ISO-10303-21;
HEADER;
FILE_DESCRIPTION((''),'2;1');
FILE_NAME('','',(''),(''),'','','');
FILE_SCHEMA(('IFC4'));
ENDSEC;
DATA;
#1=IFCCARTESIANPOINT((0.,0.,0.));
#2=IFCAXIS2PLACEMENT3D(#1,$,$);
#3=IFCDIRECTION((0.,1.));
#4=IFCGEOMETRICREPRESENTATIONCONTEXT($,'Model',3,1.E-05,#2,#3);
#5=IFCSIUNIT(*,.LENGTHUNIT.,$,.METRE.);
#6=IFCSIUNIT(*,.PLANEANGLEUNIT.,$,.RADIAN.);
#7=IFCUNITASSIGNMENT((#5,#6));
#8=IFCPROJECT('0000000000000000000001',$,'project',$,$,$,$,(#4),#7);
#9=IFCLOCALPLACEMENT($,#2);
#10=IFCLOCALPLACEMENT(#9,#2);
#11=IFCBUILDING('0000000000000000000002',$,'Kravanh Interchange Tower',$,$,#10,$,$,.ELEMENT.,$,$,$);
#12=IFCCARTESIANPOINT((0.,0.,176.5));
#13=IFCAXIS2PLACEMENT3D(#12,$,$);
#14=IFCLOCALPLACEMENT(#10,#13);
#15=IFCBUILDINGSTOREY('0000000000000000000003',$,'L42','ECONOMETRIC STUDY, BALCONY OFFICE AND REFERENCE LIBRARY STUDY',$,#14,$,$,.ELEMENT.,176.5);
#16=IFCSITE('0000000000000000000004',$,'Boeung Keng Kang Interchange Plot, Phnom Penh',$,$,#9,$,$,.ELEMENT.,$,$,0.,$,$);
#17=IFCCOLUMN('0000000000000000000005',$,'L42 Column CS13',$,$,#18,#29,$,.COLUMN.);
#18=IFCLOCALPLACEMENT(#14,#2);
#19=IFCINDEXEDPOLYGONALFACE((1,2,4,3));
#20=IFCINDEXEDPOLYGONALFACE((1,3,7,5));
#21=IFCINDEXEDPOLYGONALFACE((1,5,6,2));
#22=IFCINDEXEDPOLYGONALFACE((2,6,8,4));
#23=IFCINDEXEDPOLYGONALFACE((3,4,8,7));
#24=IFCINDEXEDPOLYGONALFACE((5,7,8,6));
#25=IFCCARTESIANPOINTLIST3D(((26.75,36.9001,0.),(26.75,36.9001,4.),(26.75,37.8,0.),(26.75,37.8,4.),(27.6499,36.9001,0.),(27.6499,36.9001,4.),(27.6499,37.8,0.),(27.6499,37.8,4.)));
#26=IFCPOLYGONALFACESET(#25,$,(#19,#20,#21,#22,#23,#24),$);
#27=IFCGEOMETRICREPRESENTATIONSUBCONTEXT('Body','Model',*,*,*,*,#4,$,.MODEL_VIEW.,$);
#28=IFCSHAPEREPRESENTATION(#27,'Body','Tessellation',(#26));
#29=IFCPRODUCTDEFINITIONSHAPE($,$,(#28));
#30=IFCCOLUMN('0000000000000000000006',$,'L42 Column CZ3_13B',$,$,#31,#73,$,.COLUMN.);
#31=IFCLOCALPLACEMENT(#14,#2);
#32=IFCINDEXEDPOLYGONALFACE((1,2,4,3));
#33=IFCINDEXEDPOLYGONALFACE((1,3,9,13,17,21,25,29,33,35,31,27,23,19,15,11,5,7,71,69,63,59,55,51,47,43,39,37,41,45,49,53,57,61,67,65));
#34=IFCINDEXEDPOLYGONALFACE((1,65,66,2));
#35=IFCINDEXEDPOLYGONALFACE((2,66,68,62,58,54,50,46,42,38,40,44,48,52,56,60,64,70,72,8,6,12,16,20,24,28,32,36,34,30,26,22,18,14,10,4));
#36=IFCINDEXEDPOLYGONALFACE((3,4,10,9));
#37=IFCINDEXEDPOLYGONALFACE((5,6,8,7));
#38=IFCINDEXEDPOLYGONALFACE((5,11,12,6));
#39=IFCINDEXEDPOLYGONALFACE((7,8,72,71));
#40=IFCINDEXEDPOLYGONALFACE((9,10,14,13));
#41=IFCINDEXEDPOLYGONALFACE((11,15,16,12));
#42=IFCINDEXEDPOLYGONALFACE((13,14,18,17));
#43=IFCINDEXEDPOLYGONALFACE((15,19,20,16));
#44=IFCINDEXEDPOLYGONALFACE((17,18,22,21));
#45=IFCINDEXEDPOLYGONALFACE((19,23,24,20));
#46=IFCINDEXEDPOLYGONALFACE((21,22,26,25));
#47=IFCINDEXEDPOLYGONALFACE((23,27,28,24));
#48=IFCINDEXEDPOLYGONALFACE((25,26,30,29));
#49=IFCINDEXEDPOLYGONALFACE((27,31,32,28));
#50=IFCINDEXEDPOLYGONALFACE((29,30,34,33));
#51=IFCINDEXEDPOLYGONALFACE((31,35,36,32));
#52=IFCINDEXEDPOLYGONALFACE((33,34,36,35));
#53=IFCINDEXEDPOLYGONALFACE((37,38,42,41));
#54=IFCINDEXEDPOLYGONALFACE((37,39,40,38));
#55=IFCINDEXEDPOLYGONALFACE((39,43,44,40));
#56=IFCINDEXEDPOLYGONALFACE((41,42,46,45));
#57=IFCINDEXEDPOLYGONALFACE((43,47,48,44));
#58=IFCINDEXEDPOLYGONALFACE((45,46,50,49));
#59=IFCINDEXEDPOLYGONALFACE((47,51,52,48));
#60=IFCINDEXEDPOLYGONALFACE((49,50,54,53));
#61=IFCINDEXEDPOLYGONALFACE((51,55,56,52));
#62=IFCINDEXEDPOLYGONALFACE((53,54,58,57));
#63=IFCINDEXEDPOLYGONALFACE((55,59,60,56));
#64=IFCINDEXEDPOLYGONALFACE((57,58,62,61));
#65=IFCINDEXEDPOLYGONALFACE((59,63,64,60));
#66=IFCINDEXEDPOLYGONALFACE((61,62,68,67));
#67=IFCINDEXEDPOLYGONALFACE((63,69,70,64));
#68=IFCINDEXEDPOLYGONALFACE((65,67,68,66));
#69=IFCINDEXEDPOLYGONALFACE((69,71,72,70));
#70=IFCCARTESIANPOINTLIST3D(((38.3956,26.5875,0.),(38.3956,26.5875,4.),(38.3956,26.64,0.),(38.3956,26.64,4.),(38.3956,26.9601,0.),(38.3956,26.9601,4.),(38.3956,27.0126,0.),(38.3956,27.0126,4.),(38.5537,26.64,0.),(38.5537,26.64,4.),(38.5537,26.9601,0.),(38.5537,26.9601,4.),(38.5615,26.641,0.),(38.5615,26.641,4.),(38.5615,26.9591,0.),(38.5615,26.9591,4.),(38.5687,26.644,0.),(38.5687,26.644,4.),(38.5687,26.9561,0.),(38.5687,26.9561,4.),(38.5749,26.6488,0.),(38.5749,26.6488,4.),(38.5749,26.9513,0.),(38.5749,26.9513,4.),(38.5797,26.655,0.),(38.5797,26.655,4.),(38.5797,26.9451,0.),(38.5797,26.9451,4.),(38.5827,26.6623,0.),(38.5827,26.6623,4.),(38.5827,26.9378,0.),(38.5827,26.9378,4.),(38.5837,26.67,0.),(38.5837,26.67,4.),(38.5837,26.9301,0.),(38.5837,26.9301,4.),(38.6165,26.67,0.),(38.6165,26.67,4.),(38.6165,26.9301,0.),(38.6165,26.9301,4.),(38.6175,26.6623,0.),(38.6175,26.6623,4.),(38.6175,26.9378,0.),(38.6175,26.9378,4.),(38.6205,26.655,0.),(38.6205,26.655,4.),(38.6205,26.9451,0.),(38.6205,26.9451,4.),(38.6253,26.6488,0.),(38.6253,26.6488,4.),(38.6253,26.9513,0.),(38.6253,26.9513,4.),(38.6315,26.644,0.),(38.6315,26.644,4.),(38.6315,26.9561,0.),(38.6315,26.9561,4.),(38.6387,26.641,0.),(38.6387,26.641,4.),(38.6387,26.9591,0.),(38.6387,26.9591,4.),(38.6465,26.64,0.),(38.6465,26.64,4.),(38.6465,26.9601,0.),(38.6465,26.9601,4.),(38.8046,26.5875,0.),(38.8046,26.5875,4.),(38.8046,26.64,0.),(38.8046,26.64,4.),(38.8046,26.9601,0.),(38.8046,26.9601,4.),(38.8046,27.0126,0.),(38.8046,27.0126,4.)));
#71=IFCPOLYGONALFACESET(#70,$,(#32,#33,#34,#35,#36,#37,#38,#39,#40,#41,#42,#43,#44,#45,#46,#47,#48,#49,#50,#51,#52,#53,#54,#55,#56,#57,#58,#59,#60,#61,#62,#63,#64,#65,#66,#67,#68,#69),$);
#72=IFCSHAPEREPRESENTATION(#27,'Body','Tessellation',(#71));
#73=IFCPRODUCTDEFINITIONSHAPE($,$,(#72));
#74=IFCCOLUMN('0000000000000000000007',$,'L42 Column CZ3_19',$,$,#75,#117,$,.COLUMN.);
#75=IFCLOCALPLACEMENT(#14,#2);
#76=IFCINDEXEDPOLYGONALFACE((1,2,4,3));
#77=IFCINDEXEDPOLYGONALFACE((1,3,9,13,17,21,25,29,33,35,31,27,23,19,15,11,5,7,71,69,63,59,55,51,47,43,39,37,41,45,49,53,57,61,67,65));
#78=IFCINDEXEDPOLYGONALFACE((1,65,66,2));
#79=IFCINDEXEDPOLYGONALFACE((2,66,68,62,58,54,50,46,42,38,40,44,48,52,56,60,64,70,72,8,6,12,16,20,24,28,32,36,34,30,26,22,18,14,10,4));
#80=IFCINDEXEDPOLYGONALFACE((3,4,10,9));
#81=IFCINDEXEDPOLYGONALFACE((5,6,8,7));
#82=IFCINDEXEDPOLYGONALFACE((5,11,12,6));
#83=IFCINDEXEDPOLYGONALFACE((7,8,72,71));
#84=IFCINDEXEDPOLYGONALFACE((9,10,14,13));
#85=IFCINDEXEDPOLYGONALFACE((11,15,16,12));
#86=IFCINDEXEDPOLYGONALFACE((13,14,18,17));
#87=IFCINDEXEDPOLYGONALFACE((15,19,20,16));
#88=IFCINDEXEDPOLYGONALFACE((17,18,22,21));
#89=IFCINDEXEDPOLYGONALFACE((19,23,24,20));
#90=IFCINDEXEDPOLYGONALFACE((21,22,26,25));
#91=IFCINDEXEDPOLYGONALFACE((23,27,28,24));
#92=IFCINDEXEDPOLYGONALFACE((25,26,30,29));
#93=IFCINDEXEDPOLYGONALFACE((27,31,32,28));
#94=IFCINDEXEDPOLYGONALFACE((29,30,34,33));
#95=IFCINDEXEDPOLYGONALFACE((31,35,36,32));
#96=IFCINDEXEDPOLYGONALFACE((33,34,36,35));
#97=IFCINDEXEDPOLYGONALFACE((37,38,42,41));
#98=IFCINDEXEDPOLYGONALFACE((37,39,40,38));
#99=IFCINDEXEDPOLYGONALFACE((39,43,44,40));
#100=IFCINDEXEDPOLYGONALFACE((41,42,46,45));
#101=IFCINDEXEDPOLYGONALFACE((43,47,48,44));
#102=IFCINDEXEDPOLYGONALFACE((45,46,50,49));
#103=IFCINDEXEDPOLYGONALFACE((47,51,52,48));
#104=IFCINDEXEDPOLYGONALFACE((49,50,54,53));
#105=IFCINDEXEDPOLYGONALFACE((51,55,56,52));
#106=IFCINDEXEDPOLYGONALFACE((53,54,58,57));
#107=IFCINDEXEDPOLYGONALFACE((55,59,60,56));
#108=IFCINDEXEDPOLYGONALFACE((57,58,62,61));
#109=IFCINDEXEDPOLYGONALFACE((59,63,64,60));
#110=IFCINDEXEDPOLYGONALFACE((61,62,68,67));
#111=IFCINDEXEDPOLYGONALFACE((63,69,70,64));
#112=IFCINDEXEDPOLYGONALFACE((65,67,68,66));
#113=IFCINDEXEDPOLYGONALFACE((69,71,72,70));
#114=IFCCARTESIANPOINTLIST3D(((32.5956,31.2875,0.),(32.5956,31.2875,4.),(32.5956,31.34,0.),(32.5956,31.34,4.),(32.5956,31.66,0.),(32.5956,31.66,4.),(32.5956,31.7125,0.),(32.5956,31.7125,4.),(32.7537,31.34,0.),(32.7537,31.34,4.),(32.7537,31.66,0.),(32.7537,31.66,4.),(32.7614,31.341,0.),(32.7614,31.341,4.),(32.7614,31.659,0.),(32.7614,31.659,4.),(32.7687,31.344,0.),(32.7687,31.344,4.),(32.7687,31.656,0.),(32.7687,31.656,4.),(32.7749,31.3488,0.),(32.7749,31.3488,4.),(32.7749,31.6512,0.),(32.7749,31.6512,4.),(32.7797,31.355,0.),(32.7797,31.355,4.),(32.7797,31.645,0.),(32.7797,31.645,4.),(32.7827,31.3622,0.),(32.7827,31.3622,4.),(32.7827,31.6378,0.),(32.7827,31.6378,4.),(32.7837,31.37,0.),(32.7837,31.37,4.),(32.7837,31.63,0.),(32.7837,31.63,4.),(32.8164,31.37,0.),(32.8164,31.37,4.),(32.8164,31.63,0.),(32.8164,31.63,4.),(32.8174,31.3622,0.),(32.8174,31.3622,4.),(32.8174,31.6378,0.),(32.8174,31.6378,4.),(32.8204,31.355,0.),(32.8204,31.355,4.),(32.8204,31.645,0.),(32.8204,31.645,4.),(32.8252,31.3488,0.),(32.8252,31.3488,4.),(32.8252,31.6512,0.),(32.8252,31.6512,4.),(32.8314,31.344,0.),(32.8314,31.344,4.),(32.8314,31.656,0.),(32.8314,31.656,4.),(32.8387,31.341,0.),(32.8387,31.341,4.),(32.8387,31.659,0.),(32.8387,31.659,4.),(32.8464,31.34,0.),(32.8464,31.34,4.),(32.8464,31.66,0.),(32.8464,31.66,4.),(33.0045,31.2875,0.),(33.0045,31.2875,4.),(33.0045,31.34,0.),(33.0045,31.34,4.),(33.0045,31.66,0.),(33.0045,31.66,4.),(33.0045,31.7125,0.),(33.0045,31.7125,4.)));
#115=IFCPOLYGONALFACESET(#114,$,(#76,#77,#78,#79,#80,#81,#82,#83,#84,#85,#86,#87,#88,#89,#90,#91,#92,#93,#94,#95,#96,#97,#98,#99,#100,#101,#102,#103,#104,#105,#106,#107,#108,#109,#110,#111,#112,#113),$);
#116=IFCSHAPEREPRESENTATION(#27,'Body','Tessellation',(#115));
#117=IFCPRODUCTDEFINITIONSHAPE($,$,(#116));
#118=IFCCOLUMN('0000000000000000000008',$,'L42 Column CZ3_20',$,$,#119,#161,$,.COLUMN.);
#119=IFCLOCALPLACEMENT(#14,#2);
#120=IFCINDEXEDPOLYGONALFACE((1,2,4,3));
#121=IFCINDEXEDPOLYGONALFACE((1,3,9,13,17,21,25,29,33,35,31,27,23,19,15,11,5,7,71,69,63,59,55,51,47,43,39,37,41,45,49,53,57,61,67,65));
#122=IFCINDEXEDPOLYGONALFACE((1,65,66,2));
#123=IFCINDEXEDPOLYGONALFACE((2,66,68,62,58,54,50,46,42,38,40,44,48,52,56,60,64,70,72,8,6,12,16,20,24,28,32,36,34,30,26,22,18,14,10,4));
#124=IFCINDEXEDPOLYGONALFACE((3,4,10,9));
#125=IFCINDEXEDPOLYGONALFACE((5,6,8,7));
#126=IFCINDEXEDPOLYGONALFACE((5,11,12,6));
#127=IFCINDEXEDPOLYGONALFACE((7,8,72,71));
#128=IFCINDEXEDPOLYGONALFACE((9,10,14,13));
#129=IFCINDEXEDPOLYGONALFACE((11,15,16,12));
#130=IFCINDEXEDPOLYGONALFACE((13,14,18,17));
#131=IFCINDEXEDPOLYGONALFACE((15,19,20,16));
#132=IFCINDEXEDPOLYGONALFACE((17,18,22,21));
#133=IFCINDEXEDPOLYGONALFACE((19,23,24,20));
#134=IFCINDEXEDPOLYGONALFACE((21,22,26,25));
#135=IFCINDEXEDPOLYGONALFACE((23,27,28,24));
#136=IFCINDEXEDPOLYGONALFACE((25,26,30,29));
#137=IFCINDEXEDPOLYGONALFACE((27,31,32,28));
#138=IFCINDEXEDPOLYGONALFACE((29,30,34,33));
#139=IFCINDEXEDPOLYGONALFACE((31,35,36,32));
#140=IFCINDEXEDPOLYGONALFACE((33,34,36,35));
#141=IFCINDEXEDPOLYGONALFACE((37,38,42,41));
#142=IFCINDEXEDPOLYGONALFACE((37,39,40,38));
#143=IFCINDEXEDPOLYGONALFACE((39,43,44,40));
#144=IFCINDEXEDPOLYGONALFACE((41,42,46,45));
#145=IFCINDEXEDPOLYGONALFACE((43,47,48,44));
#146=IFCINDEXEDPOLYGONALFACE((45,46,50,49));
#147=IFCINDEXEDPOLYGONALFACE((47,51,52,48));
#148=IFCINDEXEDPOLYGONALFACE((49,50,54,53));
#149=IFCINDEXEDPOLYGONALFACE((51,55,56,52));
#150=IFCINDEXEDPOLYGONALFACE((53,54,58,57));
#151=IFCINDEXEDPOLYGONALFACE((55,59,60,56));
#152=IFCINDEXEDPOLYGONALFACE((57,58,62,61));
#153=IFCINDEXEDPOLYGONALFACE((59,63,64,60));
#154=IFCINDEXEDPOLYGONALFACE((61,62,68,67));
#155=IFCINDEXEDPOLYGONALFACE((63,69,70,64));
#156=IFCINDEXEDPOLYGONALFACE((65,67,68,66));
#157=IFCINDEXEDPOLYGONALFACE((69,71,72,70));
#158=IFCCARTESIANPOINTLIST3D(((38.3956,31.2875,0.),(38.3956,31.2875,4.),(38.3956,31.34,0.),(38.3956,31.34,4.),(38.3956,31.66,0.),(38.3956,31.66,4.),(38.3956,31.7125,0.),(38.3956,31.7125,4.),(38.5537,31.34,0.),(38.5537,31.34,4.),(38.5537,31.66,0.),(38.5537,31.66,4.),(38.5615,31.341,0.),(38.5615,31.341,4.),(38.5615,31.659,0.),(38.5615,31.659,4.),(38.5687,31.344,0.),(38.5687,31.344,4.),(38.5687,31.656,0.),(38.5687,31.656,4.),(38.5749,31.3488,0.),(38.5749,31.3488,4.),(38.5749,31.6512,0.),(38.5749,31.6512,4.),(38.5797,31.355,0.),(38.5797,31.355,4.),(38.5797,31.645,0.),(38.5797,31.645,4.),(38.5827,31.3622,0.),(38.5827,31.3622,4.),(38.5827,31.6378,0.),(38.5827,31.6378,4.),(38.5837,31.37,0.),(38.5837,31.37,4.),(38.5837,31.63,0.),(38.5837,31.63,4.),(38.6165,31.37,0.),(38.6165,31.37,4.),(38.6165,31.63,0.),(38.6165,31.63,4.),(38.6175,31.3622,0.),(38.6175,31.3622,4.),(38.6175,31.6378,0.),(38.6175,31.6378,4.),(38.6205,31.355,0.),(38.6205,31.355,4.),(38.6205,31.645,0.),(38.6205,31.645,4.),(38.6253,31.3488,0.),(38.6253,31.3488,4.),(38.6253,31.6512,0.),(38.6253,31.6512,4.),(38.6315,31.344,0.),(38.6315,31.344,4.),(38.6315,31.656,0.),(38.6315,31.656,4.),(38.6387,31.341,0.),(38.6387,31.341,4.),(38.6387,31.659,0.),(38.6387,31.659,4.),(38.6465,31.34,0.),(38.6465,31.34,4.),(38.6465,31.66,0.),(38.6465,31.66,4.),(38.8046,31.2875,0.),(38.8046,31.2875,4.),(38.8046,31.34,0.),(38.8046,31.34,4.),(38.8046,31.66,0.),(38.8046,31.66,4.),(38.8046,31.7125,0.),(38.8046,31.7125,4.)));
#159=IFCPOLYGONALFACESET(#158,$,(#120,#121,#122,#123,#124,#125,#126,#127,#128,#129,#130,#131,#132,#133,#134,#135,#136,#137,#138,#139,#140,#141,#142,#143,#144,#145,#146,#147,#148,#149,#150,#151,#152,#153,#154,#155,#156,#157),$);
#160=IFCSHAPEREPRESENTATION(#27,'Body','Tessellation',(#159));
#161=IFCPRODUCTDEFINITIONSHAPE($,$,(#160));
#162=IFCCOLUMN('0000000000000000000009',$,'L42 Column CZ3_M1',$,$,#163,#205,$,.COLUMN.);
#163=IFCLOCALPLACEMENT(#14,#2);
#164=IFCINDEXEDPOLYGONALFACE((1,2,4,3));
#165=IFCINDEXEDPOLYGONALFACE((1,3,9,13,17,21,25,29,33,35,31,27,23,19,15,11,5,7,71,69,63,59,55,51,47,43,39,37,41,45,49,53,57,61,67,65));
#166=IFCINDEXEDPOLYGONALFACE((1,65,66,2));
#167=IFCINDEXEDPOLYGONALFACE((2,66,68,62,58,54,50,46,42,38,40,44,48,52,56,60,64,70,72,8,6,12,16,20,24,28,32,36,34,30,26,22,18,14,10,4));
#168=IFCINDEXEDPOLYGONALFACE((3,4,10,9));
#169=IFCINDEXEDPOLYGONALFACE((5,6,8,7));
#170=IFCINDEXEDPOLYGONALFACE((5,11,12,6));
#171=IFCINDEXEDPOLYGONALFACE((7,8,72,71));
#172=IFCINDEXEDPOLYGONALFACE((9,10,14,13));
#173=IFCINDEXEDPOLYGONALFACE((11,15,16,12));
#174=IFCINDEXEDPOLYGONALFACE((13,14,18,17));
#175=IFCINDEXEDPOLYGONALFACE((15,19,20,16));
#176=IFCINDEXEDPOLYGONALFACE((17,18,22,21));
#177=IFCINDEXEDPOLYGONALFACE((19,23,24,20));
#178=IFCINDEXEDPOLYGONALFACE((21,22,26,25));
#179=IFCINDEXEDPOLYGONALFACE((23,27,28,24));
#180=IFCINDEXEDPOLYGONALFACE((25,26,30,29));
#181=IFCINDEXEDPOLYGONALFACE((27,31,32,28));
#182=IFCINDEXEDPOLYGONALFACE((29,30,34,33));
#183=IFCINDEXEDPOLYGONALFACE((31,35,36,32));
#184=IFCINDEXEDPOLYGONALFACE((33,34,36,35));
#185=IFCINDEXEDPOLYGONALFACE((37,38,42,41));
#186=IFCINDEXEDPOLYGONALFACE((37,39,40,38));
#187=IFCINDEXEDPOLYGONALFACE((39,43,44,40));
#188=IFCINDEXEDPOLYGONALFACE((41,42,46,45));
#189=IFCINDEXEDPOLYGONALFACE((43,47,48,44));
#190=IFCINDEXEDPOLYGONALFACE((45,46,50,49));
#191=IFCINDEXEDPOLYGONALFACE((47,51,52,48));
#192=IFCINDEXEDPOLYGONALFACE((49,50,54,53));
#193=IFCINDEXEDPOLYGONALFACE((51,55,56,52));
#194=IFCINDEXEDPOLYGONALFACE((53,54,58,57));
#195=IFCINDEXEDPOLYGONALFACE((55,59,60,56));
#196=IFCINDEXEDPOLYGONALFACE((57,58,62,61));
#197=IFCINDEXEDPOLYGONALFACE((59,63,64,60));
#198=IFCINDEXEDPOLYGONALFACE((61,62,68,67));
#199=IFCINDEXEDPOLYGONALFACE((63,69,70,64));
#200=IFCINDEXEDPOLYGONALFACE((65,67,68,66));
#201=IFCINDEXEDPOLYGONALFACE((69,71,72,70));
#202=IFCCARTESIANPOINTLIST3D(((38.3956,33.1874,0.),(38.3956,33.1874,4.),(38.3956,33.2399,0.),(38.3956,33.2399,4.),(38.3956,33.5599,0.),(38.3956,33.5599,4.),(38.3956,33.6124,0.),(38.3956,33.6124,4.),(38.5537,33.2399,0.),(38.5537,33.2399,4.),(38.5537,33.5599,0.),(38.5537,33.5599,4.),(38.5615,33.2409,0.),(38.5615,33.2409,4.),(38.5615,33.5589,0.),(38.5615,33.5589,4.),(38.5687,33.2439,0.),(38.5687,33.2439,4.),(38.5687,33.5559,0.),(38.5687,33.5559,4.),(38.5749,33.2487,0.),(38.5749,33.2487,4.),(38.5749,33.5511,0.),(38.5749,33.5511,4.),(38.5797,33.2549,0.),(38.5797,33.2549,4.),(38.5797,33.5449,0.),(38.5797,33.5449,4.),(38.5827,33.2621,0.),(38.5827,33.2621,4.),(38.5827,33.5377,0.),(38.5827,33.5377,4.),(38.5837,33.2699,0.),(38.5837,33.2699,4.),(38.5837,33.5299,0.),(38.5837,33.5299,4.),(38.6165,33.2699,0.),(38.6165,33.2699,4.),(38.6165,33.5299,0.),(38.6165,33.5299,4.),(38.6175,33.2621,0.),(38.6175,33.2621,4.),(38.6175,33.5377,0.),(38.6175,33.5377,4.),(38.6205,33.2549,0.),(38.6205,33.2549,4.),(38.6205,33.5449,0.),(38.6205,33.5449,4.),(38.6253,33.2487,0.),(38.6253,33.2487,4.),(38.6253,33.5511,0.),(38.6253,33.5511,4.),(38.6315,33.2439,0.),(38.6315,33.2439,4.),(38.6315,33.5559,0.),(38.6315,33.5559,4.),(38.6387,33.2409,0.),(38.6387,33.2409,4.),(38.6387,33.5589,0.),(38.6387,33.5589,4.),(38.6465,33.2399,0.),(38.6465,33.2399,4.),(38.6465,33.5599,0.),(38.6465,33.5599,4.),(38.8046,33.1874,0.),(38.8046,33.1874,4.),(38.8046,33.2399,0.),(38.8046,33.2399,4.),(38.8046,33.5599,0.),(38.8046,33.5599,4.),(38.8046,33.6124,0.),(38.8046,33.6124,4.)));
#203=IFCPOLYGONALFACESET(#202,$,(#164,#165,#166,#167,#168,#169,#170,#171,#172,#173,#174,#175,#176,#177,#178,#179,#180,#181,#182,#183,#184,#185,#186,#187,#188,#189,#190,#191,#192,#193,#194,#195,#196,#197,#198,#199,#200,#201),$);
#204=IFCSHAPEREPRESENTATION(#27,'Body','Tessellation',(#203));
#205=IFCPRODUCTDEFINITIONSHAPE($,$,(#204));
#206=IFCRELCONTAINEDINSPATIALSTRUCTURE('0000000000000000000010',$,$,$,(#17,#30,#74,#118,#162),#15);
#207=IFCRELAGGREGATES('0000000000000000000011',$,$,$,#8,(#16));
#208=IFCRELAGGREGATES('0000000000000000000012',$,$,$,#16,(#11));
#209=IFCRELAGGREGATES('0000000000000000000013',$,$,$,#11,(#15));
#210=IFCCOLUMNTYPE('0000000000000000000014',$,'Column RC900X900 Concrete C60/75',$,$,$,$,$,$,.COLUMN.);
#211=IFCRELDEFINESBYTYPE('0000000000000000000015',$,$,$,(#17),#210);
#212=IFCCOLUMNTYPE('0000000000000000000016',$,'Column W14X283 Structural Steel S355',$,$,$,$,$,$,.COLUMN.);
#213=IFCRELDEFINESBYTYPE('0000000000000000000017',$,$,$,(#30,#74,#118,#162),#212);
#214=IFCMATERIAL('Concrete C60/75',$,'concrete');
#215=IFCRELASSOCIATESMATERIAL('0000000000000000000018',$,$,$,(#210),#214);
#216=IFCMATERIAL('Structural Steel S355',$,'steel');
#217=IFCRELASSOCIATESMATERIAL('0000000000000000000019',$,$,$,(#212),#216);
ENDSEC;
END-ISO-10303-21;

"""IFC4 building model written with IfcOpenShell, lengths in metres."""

from ifc_helpers import new_model, si_unit, direction, frame, origin, origin_2d, place, context, subcontext, project, spatial, rectangle, i_section, extrude, material, material_profile, profile_set, type_object, element, save


model = new_model("IFC4")

# Units and contexts
model_context = context("Model", 3, precision=1e-05, world=origin(), true_north=direction((0.0, 1.0)))
body_context = subcontext(model_context, "Body", "Model", "MODEL_VIEW")
ifc_project = project(units=[si_unit("LENGTHUNIT", "METRE"), si_unit("PLANEANGLEUNIT", "RADIAN")], contexts=[model_context])

# Site, building, storey
site_placement = place(None, origin())
site = spatial("IfcSite", under=ifc_project, at=site_placement, Name="Boeung Keng Kang Interchange Plot, Phnom Penh", CompositionType="ELEMENT", RefElevation=0.0)
building_placement = place(site_placement, origin())
building = spatial("IfcBuilding", under=site, at=building_placement, Name="Kravanh Interchange Tower", CompositionType="ELEMENT")
storey_placement = place(building_placement, frame((0.0, 0.0, 176.5)))
storey = spatial("IfcBuildingStorey", under=building, at=storey_placement, Name="L42", Description="ECONOMETRIC STUDY, BALCONY OFFICE AND REFERENCE LIBRARY STUDY", CompositionType="ELEMENT", Elevation=176.5)

# Columns
ifc_material_1 = material(Name="Concrete C60/75", Category="concrete")
ifc_material_profile_1 = material_profile(ifc_material_1, rectangle(XDim=0.8999, YDim=0.8999, at=origin_2d()), Name="RC900X900")
ifc_profile_set_1 = profile_set([ifc_material_profile_1], Name="Concrete C60/75")
column_type_1 = type_object("IfcColumnType", Name="Column RC900X900 Concrete C60/75", PredefinedType="COLUMN", material=ifc_profile_set_1)
column_placement = place(storey_placement, frame((27.2, 37.3501, 0.0), z_axis=(0.0, 0.0, 1.0), x_axis=(1.0, 0.0, 0.0)))
element("IfcColumn", 1, at=column_placement, inside=storey, type_object=column_type_1, Name="L42 Column CS13", PredefinedType="COLUMN", context=body_context, shape_type="SweptSolid", body=[
    extrude(rectangle(XDim=0.8999, YDim=0.8999, at=origin_2d()), origin(), (0.0, 0.0, 1.0), 4.0),
])
ifc_material_2 = material(Name="Structural Steel S355", Category="steel")
ifc_material_profile_2 = material_profile(ifc_material_2, i_section(OverallWidth=0.4089, OverallDepth=0.425, WebThickness=0.0327, FlangeThickness=0.0525, FilletRadius=0.03, at=origin_2d()), Name="W14X283")
ifc_profile_set_2 = profile_set([ifc_material_profile_2], Name="Structural Steel S355")
column_type_2 = type_object("IfcColumnType", Name="Column W14X283 Structural Steel S355", PredefinedType="COLUMN", material=ifc_profile_set_2)
for number, where, z_axis, x_axis, name in (
    (2, (38.6001, 26.8, 0.0), (0.0, 0.0, 1.0), (1.0, 0.0, 0.0), "L42 Column CZ3_13B"),
    (3, (32.8, 31.5, 0.0), (0.0, 0.0, 1.0), (1.0, 0.0, 0.0), "L42 Column CZ3_19"),
    (4, (38.6001, 31.5, 0.0), (0.0, 0.0, 1.0), (1.0, 0.0, 0.0), "L42 Column CZ3_20"),
    (5, (38.6001, 33.3999, 0.0), (0.0, 0.0, 1.0), (1.0, 0.0, 0.0), "L42 Column CZ3_M1"),
):
    element("IfcColumn", number, at=place(storey_placement, frame(where, z_axis=z_axis, x_axis=x_axis)), inside=storey, type_object=column_type_2, Name=name, PredefinedType="COLUMN", context=body_context, shape_type="SweptSolid", body=[
        extrude(i_section(OverallWidth=0.4089, OverallDepth=0.425, WebThickness=0.0327, FlangeThickness=0.0525, FilletRadius=0.03, at=origin_2d()), origin(), (0.0, 0.0, 1.0), 4.0),
    ])

save(model, "model.ifc")
